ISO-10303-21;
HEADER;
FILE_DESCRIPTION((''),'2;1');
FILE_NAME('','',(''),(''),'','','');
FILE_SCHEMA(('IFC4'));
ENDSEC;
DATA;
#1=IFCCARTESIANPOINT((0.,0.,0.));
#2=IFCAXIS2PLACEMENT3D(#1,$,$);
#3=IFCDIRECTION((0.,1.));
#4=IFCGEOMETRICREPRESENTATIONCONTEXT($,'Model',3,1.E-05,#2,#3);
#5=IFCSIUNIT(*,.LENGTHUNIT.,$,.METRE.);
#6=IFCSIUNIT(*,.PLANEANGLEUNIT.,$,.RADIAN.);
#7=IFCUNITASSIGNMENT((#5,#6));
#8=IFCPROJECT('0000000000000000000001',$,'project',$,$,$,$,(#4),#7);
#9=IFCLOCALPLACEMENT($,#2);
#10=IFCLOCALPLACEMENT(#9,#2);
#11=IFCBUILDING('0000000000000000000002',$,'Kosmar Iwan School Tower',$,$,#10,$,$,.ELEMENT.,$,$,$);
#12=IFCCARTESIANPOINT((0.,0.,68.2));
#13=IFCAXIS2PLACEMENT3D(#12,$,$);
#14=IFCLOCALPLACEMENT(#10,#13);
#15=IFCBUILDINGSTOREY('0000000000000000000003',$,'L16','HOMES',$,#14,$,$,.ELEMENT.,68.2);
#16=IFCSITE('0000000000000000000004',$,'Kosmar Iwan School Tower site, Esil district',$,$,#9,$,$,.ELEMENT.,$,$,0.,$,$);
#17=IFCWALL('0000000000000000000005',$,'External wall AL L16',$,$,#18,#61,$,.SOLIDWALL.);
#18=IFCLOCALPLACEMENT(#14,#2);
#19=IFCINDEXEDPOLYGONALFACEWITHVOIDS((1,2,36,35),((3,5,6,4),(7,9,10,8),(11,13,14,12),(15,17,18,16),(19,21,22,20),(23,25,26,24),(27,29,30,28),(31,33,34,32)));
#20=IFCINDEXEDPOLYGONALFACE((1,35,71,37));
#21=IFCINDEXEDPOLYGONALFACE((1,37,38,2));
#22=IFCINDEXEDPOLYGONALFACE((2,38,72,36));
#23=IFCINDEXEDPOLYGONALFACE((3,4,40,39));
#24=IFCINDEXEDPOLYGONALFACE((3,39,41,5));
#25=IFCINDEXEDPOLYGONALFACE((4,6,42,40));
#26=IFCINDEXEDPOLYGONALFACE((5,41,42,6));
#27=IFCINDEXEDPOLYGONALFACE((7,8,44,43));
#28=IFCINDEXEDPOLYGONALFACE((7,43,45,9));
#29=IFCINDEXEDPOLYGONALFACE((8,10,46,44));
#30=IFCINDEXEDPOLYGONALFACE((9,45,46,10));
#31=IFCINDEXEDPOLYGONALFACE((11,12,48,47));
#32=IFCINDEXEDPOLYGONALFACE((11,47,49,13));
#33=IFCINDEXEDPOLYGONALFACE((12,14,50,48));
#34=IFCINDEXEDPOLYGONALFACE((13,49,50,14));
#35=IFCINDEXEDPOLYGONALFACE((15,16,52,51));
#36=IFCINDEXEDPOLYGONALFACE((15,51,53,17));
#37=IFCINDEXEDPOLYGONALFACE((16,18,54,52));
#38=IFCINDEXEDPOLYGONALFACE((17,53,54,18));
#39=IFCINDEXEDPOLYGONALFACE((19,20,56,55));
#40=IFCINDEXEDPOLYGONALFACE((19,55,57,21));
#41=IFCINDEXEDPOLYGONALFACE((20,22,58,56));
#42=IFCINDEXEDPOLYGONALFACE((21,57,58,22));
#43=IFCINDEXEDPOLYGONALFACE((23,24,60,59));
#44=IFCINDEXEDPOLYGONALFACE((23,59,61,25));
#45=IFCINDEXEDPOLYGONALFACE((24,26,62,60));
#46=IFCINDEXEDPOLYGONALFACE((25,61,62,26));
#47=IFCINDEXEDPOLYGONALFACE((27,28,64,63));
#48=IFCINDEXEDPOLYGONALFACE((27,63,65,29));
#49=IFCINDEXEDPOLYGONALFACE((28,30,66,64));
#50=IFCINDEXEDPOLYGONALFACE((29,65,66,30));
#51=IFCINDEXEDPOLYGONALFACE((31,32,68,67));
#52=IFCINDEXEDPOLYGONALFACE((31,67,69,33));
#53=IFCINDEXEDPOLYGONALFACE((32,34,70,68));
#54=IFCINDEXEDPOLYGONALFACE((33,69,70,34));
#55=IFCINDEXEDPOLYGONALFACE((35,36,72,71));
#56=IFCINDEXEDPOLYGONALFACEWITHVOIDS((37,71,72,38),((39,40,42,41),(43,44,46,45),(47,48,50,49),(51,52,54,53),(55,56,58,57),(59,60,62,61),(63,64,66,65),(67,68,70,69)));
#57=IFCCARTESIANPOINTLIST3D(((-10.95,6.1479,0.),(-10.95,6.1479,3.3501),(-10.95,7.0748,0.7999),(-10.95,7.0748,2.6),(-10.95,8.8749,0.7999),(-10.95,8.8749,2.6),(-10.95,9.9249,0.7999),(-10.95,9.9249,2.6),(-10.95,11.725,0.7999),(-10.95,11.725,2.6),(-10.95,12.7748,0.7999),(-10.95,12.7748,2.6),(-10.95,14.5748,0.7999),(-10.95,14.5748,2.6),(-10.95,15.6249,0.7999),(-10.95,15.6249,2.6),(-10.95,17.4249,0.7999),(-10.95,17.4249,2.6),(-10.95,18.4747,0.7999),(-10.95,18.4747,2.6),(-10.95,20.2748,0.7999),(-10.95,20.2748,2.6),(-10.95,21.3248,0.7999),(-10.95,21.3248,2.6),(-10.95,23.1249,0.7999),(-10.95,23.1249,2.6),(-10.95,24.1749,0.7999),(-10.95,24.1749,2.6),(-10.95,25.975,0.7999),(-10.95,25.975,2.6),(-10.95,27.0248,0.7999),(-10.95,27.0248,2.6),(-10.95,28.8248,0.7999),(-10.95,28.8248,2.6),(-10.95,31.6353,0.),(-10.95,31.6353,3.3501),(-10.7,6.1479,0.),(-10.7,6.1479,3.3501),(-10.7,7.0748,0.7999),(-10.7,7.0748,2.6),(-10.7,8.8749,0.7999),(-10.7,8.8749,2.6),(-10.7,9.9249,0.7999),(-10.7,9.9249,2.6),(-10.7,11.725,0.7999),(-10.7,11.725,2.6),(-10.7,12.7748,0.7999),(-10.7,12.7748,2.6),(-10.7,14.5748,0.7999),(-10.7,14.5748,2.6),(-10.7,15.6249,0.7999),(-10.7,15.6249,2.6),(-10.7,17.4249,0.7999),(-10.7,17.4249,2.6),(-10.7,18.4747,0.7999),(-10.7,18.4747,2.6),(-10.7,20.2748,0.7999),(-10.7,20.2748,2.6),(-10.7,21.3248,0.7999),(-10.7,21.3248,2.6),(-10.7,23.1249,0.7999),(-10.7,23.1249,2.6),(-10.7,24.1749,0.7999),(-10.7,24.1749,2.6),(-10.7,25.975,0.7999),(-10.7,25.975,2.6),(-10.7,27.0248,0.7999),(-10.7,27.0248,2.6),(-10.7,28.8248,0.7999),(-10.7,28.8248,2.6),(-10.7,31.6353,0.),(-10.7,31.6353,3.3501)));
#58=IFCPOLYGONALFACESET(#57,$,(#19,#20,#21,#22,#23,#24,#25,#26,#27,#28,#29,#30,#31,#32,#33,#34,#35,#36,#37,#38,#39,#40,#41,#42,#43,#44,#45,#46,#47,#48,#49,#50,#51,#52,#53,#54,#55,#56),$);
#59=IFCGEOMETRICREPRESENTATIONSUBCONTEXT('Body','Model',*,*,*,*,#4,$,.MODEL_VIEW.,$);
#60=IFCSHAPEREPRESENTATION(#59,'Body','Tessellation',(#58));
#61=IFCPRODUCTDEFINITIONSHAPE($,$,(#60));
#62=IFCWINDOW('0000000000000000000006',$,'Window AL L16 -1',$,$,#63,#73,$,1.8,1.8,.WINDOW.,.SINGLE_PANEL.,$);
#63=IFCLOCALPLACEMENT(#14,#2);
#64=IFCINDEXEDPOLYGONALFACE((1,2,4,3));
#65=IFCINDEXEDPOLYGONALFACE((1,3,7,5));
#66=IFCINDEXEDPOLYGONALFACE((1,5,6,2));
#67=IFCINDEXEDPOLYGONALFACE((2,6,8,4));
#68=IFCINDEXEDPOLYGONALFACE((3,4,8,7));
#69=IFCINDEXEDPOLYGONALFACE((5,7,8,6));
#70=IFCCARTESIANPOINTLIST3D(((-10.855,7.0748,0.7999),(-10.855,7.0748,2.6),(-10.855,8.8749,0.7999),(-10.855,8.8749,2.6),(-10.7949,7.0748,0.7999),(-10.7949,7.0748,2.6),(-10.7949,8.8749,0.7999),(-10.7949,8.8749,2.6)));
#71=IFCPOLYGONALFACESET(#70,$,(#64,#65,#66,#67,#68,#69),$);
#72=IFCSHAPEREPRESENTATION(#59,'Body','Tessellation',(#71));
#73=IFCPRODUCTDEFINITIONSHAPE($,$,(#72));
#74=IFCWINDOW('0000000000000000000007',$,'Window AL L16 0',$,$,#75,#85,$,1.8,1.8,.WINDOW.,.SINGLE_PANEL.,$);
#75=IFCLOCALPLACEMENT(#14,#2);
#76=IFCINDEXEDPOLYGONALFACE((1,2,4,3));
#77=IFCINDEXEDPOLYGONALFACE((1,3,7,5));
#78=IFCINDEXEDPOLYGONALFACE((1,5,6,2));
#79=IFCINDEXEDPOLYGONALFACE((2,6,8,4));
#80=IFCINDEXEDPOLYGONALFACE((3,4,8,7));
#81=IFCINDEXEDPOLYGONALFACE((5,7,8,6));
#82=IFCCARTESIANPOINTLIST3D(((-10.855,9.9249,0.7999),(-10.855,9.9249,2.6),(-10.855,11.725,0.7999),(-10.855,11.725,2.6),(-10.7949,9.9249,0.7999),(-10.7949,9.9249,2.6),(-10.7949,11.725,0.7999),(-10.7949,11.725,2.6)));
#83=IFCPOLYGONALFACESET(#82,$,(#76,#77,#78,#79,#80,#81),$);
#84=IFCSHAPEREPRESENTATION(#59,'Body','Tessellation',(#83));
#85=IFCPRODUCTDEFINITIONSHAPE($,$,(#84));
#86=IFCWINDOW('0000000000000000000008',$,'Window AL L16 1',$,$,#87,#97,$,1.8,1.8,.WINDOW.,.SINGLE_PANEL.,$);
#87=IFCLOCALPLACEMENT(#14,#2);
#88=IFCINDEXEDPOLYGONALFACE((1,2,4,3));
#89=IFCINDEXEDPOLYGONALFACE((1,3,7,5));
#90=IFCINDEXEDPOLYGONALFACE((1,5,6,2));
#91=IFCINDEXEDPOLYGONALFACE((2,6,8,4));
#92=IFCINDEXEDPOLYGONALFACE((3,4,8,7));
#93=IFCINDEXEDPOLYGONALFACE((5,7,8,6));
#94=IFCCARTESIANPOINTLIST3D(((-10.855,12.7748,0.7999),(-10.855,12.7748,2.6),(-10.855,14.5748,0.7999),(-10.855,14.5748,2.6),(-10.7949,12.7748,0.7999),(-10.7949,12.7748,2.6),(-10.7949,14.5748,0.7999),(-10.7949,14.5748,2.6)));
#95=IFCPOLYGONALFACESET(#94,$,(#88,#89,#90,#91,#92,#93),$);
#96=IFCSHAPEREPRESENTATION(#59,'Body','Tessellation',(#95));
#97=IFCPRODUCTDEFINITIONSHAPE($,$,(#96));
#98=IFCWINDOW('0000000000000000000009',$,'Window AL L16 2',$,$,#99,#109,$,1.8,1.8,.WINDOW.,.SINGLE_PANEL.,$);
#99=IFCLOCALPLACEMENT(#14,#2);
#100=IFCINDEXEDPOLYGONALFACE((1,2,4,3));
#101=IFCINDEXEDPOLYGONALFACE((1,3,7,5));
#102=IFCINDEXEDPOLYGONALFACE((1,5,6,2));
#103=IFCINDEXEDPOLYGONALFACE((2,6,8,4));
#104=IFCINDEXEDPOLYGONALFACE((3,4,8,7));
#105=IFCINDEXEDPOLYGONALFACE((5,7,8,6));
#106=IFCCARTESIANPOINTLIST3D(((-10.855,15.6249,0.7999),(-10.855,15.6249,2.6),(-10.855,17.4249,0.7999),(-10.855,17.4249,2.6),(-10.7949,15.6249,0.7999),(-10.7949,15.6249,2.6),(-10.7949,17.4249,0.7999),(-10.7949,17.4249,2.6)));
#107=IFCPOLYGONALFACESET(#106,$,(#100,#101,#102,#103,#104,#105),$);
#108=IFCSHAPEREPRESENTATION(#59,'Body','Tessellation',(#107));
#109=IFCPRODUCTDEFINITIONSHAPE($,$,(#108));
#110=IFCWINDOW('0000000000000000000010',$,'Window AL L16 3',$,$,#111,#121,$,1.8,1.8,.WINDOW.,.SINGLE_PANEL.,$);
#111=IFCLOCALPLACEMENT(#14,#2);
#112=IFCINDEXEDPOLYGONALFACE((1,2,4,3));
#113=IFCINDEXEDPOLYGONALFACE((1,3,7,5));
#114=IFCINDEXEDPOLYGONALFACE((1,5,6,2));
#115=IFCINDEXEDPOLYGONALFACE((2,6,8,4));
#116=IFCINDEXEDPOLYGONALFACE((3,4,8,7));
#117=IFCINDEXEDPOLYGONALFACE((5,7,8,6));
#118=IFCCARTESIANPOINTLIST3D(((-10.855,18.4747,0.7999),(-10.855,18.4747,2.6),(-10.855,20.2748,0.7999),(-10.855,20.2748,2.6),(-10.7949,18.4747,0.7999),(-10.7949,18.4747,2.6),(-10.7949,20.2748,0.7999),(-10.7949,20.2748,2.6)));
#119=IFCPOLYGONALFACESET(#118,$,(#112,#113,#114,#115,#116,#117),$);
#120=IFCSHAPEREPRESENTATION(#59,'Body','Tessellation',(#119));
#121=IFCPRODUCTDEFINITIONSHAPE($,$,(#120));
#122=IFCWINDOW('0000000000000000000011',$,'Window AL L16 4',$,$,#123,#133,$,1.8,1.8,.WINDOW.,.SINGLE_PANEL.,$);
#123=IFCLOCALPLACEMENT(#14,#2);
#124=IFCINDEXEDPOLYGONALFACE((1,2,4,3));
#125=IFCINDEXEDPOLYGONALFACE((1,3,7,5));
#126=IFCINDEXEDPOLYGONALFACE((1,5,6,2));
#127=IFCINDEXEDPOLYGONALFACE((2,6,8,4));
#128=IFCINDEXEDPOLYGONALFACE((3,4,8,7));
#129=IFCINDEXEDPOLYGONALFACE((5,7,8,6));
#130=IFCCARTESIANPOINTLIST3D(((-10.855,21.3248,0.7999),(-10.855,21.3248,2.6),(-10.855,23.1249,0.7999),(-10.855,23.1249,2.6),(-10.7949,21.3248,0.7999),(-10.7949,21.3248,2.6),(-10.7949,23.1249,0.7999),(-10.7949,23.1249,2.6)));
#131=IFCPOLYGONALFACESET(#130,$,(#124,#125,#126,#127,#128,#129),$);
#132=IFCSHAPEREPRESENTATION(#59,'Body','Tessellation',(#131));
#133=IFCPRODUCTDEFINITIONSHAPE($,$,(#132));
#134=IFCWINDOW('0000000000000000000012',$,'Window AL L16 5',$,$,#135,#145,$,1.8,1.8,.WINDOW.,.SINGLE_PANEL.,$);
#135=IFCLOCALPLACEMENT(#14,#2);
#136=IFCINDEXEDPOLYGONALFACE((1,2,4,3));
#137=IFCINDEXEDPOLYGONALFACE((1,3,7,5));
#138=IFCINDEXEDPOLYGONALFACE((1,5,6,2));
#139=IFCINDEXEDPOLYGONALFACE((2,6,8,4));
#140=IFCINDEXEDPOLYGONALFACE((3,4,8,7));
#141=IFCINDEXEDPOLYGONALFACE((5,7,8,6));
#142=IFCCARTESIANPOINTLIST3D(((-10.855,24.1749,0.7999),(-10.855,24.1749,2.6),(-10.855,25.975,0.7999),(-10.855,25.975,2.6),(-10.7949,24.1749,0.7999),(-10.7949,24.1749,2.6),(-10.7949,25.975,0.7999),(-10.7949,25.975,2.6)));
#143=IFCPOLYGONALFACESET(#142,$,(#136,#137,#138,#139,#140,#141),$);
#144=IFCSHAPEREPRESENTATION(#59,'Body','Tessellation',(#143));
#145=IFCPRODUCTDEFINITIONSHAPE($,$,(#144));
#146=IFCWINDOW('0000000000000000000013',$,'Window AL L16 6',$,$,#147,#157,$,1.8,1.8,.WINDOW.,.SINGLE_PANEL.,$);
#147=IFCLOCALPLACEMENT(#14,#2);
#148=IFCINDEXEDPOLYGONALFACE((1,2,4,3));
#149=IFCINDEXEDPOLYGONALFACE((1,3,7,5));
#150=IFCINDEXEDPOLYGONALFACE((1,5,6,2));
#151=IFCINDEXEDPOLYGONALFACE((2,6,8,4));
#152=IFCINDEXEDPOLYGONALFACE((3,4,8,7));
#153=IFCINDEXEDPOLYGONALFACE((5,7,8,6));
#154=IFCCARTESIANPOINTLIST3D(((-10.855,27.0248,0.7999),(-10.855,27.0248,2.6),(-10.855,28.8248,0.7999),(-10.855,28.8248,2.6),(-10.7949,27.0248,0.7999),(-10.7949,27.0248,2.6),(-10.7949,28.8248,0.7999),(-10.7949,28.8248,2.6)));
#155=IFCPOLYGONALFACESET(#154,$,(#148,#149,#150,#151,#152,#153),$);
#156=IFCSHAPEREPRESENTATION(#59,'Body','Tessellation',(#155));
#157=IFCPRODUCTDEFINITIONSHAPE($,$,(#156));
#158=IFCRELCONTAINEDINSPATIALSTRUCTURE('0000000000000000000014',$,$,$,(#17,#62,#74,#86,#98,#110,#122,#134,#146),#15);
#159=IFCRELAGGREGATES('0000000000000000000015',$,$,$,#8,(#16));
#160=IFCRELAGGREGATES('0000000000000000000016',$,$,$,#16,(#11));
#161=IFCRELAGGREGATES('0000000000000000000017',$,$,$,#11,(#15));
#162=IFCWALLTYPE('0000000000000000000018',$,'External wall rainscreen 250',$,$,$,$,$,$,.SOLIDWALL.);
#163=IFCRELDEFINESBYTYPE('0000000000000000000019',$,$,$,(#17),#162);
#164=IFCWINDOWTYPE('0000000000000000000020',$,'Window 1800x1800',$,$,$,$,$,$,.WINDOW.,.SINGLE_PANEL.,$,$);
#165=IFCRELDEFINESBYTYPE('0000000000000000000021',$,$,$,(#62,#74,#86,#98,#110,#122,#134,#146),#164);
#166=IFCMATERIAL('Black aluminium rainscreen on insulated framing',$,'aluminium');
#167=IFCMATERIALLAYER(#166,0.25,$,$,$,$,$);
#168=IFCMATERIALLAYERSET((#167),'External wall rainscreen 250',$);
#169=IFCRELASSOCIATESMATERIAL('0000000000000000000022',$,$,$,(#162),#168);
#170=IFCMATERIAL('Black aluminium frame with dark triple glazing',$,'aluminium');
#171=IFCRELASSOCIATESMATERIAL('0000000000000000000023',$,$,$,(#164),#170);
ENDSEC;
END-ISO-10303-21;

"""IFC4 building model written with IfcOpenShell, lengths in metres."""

from ifc_helpers import new_model, si_unit, direction, frame, frame_2d, origin, place, context, subcontext, project, spatial, rectangle, extrude, material, layer, layer_set, type_object, element, fill, save


model = new_model("IFC4")

# Units and contexts
model_context = context("Model", 3, precision=1e-05, world=origin(), true_north=direction((0.0, 1.0)))
body_context = subcontext(model_context, "Body", "Model", "MODEL_VIEW")
ifc_project = project(units=[si_unit("LENGTHUNIT", "METRE"), si_unit("PLANEANGLEUNIT", "RADIAN")], contexts=[model_context])

# Site, building, storey
site_placement = place(None, origin())
site = spatial("IfcSite", under=ifc_project, at=site_placement, Name="Kosmar Iwan School Tower site, Esil district", CompositionType="ELEMENT", RefElevation=0.0)
building_placement = place(site_placement, origin())
building = spatial("IfcBuilding", under=site, at=building_placement, Name="Kosmar Iwan School Tower", CompositionType="ELEMENT")
storey_placement = place(building_placement, frame((0.0, 0.0, 68.2)))
storey = spatial("IfcBuildingStorey", under=building, at=storey_placement, Name="L16", Description="HOMES", CompositionType="ELEMENT", Elevation=68.2)

# Wall, openings, windows
ifc_material_1 = material(Name="Black aluminium rainscreen on insulated framing", Category="aluminium")
ifc_layer = layer(ifc_material_1, 0.25)
ifc_layer_set = layer_set([ifc_layer], Name="External wall rainscreen 250")
wall_type = type_object("IfcWallType", Name="External wall rainscreen 250", PredefinedType="SOLIDWALL", material=ifc_layer_set)
wall_1_placement = place(storey_placement, frame((-10.825, 6.1479, 0.0), z_axis=(0.0, 0.0, 1.0), x_axis=(0.0, 1.0, 0.0)))
wall_1 = element("IfcWall", 1, at=wall_1_placement, inside=storey, type_object=wall_type, Name="External wall AL L16", PredefinedType="SOLIDWALL", context=body_context, shape_type="SweptSolid", body=[
    extrude(rectangle(XDim=25.4873, YDim=0.25, at=frame_2d((12.7437, 0.0))), origin(), (0.0, 0.0, 1.0), 3.3501),
])
opening_1_placement = place(wall_1_placement, frame((0.927, 0.0, 0.8)))
opening_1 = element("IfcOpeningElement", 2, at=opening_1_placement, cuts=wall_1, PredefinedType="OPENING", context=body_context, shape_type="SweptSolid", body=[
    extrude(rectangle(XDim=1.8, YDim=1.8, at=frame_2d((0.8999, 0.8999))), frame((0.0, 0.137, 0.0), z_axis=(0.0, -1.0, 0.0), x_axis=(1.0, 0.0, 0.0)), (0.0, 0.0, 1.0), 0.2739),
])
opening_2_placement = place(wall_1_placement, frame((3.7771, 0.0, 0.8)))
opening_2 = element("IfcOpeningElement", 3, at=opening_2_placement, cuts=wall_1, PredefinedType="OPENING", context=body_context, shape_type="SweptSolid", body=[
    extrude(rectangle(XDim=1.8, YDim=1.8, at=frame_2d((0.8999, 0.8999))), frame((0.0, 0.137, 0.0), z_axis=(0.0, -1.0, 0.0), x_axis=(1.0, 0.0, 0.0)), (0.0, 0.0, 1.0), 0.2739),
])
opening_3_placement = place(wall_1_placement, frame((6.627, 0.0, 0.8)))
opening_3 = element("IfcOpeningElement", 4, at=opening_3_placement, cuts=wall_1, PredefinedType="OPENING", context=body_context, shape_type="SweptSolid", body=[
    extrude(rectangle(XDim=1.8, YDim=1.8, at=frame_2d((0.8999, 0.8999))), frame((0.0, 0.137, 0.0), z_axis=(0.0, -1.0, 0.0), x_axis=(1.0, 0.0, 0.0)), (0.0, 0.0, 1.0), 0.2739),
])
opening_4_placement = place(wall_1_placement, frame((9.4771, 0.0, 0.8)))
opening_4 = element("IfcOpeningElement", 5, at=opening_4_placement, cuts=wall_1, PredefinedType="OPENING", context=body_context, shape_type="SweptSolid", body=[
    extrude(rectangle(XDim=1.8, YDim=1.8, at=frame_2d((0.8999, 0.8999))), frame((0.0, 0.137, 0.0), z_axis=(0.0, -1.0, 0.0), x_axis=(1.0, 0.0, 0.0)), (0.0, 0.0, 1.0), 0.2739),
])
opening_5_placement = place(wall_1_placement, frame((12.3269, 0.0, 0.8)))
opening_5 = element("IfcOpeningElement", 6, at=opening_5_placement, cuts=wall_1, PredefinedType="OPENING", context=body_context, shape_type="SweptSolid", body=[
    extrude(rectangle(XDim=1.8, YDim=1.8, at=frame_2d((0.8999, 0.8999))), frame((0.0, 0.137, 0.0), z_axis=(0.0, -1.0, 0.0), x_axis=(1.0, 0.0, 0.0)), (0.0, 0.0, 1.0), 0.2739),
])
opening_6_placement = place(wall_1_placement, frame((15.177, 0.0, 0.8)))
opening_6 = element("IfcOpeningElement", 7, at=opening_6_placement, cuts=wall_1, PredefinedType="OPENING", context=body_context, shape_type="SweptSolid", body=[
    extrude(rectangle(XDim=1.8, YDim=1.8, at=frame_2d((0.8999, 0.8999))), frame((0.0, 0.137, 0.0), z_axis=(0.0, -1.0, 0.0), x_axis=(1.0, 0.0, 0.0)), (0.0, 0.0, 1.0), 0.2739),
])
opening_7_placement = place(wall_1_placement, frame((18.0271, 0.0, 0.8)))
opening_7 = element("IfcOpeningElement", 8, at=opening_7_placement, cuts=wall_1, PredefinedType="OPENING", context=body_context, shape_type="SweptSolid", body=[
    extrude(rectangle(XDim=1.8, YDim=1.8, at=frame_2d((0.8999, 0.8999))), frame((0.0, 0.137, 0.0), z_axis=(0.0, -1.0, 0.0), x_axis=(1.0, 0.0, 0.0)), (0.0, 0.0, 1.0), 0.2739),
])
opening_8_placement = place(wall_1_placement, frame((20.877, 0.0, 0.8)))
opening_8 = element("IfcOpeningElement", 9, at=opening_8_placement, cuts=wall_1, PredefinedType="OPENING", context=body_context, shape_type="SweptSolid", body=[
    extrude(rectangle(XDim=1.8, YDim=1.8, at=frame_2d((0.8999, 0.8999))), frame((0.0, 0.137, 0.0), z_axis=(0.0, -1.0, 0.0), x_axis=(1.0, 0.0, 0.0)), (0.0, 0.0, 1.0), 0.2739),
])
ifc_material_2 = material(Name="Black aluminium frame with dark triple glazing", Category="aluminium")
window_type = type_object("IfcWindowType", Name="Window 1800x1800", PartitioningType="SINGLE_PANEL", PredefinedType="WINDOW", material=ifc_material_2)
window_1_placement = place(opening_1_placement, origin())
window_1 = element("IfcWindow", 10, at=window_1_placement, inside=storey, type_object=window_type, Name="Window AL L16 -1", OverallHeight=1.8, OverallWidth=1.8, PartitioningType="SINGLE_PANEL", PredefinedType="WINDOW", context=body_context, shape_type="SweptSolid", body=[
    extrude(rectangle(XDim=1.8, YDim=1.8, at=frame_2d((0.8999, 0.8999))), frame((0.0, 0.03, 0.0), z_axis=(0.0, -1.0, 0.0), x_axis=(1.0, 0.0, 0.0)), (0.0, 0.0, 1.0), 0.0601),
])
fill(opening_1, window_1)
window_2_placement = place(opening_2_placement, origin())
window_2 = element("IfcWindow", 11, at=window_2_placement, inside=storey, type_object=window_type, Name="Window AL L16 0", OverallHeight=1.8, OverallWidth=1.8, PartitioningType="SINGLE_PANEL", PredefinedType="WINDOW", context=body_context, shape_type="SweptSolid", body=[
    extrude(rectangle(XDim=1.8, YDim=1.8, at=frame_2d((0.8999, 0.8999))), frame((0.0, 0.03, 0.0), z_axis=(0.0, -1.0, 0.0), x_axis=(1.0, 0.0, 0.0)), (0.0, 0.0, 1.0), 0.0601),
])
fill(opening_2, window_2)
window_3_placement = place(opening_3_placement, origin())
window_3 = element("IfcWindow", 12, at=window_3_placement, inside=storey, type_object=window_type, Name="Window AL L16 1", OverallHeight=1.8, OverallWidth=1.8, PartitioningType="SINGLE_PANEL", PredefinedType="WINDOW", context=body_context, shape_type="SweptSolid", body=[
    extrude(rectangle(XDim=1.8, YDim=1.8, at=frame_2d((0.8999, 0.8999))), frame((0.0, 0.03, 0.0), z_axis=(0.0, -1.0, 0.0), x_axis=(1.0, 0.0, 0.0)), (0.0, 0.0, 1.0), 0.0601),
])
fill(opening_3, window_3)
window_4_placement = place(opening_4_placement, origin())
window_4 = element("IfcWindow", 13, at=window_4_placement, inside=storey, type_object=window_type, Name="Window AL L16 2", OverallHeight=1.8, OverallWidth=1.8, PartitioningType="SINGLE_PANEL", PredefinedType="WINDOW", context=body_context, shape_type="SweptSolid", body=[
    extrude(rectangle(XDim=1.8, YDim=1.8, at=frame_2d((0.8999, 0.8999))), frame((0.0, 0.03, 0.0), z_axis=(0.0, -1.0, 0.0), x_axis=(1.0, 0.0, 0.0)), (0.0, 0.0, 1.0), 0.0601),
])
fill(opening_4, window_4)
window_5_placement = place(opening_5_placement, origin())
window_5 = element("IfcWindow", 14, at=window_5_placement, inside=storey, type_object=window_type, Name="Window AL L16 3", OverallHeight=1.8, OverallWidth=1.8, PartitioningType="SINGLE_PANEL", PredefinedType="WINDOW", context=body_context, shape_type="SweptSolid", body=[
    extrude(rectangle(XDim=1.8, YDim=1.8, at=frame_2d((0.8999, 0.8999))), frame((0.0, 0.03, 0.0), z_axis=(0.0, -1.0, 0.0), x_axis=(1.0, 0.0, 0.0)), (0.0, 0.0, 1.0), 0.0601),
])
fill(opening_5, window_5)
window_6_placement = place(opening_6_placement, origin())
window_6 = element("IfcWindow", 15, at=window_6_placement, inside=storey, type_object=window_type, Name="Window AL L16 4", OverallHeight=1.8, OverallWidth=1.8, PartitioningType="SINGLE_PANEL", PredefinedType="WINDOW", context=body_context, shape_type="SweptSolid", body=[
    extrude(rectangle(XDim=1.8, YDim=1.8, at=frame_2d((0.8999, 0.8999))), frame((0.0, 0.03, 0.0), z_axis=(0.0, -1.0, 0.0), x_axis=(1.0, 0.0, 0.0)), (0.0, 0.0, 1.0), 0.0601),
])
fill(opening_6, window_6)
window_7_placement = place(opening_7_placement, origin())
window_7 = element("IfcWindow", 16, at=window_7_placement, inside=storey, type_object=window_type, Name="Window AL L16 5", OverallHeight=1.8, OverallWidth=1.8, PartitioningType="SINGLE_PANEL", PredefinedType="WINDOW", context=body_context, shape_type="SweptSolid", body=[
    extrude(rectangle(XDim=1.8, YDim=1.8, at=frame_2d((0.8999, 0.8999))), frame((0.0, 0.03, 0.0), z_axis=(0.0, -1.0, 0.0), x_axis=(1.0, 0.0, 0.0)), (0.0, 0.0, 1.0), 0.0601),
])
fill(opening_7, window_7)
window_8_placement = place(opening_8_placement, origin())
window_8 = element("IfcWindow", 17, at=window_8_placement, inside=storey, type_object=window_type, Name="Window AL L16 6", OverallHeight=1.8, OverallWidth=1.8, PartitioningType="SINGLE_PANEL", PredefinedType="WINDOW", context=body_context, shape_type="SweptSolid", body=[
    extrude(rectangle(XDim=1.8, YDim=1.8, at=frame_2d((0.8999, 0.8999))), frame((0.0, 0.03, 0.0), z_axis=(0.0, -1.0, 0.0), x_axis=(1.0, 0.0, 0.0)), (0.0, 0.0, 1.0), 0.0601),
])
fill(opening_8, window_8)

save(model, "model.ifc")
